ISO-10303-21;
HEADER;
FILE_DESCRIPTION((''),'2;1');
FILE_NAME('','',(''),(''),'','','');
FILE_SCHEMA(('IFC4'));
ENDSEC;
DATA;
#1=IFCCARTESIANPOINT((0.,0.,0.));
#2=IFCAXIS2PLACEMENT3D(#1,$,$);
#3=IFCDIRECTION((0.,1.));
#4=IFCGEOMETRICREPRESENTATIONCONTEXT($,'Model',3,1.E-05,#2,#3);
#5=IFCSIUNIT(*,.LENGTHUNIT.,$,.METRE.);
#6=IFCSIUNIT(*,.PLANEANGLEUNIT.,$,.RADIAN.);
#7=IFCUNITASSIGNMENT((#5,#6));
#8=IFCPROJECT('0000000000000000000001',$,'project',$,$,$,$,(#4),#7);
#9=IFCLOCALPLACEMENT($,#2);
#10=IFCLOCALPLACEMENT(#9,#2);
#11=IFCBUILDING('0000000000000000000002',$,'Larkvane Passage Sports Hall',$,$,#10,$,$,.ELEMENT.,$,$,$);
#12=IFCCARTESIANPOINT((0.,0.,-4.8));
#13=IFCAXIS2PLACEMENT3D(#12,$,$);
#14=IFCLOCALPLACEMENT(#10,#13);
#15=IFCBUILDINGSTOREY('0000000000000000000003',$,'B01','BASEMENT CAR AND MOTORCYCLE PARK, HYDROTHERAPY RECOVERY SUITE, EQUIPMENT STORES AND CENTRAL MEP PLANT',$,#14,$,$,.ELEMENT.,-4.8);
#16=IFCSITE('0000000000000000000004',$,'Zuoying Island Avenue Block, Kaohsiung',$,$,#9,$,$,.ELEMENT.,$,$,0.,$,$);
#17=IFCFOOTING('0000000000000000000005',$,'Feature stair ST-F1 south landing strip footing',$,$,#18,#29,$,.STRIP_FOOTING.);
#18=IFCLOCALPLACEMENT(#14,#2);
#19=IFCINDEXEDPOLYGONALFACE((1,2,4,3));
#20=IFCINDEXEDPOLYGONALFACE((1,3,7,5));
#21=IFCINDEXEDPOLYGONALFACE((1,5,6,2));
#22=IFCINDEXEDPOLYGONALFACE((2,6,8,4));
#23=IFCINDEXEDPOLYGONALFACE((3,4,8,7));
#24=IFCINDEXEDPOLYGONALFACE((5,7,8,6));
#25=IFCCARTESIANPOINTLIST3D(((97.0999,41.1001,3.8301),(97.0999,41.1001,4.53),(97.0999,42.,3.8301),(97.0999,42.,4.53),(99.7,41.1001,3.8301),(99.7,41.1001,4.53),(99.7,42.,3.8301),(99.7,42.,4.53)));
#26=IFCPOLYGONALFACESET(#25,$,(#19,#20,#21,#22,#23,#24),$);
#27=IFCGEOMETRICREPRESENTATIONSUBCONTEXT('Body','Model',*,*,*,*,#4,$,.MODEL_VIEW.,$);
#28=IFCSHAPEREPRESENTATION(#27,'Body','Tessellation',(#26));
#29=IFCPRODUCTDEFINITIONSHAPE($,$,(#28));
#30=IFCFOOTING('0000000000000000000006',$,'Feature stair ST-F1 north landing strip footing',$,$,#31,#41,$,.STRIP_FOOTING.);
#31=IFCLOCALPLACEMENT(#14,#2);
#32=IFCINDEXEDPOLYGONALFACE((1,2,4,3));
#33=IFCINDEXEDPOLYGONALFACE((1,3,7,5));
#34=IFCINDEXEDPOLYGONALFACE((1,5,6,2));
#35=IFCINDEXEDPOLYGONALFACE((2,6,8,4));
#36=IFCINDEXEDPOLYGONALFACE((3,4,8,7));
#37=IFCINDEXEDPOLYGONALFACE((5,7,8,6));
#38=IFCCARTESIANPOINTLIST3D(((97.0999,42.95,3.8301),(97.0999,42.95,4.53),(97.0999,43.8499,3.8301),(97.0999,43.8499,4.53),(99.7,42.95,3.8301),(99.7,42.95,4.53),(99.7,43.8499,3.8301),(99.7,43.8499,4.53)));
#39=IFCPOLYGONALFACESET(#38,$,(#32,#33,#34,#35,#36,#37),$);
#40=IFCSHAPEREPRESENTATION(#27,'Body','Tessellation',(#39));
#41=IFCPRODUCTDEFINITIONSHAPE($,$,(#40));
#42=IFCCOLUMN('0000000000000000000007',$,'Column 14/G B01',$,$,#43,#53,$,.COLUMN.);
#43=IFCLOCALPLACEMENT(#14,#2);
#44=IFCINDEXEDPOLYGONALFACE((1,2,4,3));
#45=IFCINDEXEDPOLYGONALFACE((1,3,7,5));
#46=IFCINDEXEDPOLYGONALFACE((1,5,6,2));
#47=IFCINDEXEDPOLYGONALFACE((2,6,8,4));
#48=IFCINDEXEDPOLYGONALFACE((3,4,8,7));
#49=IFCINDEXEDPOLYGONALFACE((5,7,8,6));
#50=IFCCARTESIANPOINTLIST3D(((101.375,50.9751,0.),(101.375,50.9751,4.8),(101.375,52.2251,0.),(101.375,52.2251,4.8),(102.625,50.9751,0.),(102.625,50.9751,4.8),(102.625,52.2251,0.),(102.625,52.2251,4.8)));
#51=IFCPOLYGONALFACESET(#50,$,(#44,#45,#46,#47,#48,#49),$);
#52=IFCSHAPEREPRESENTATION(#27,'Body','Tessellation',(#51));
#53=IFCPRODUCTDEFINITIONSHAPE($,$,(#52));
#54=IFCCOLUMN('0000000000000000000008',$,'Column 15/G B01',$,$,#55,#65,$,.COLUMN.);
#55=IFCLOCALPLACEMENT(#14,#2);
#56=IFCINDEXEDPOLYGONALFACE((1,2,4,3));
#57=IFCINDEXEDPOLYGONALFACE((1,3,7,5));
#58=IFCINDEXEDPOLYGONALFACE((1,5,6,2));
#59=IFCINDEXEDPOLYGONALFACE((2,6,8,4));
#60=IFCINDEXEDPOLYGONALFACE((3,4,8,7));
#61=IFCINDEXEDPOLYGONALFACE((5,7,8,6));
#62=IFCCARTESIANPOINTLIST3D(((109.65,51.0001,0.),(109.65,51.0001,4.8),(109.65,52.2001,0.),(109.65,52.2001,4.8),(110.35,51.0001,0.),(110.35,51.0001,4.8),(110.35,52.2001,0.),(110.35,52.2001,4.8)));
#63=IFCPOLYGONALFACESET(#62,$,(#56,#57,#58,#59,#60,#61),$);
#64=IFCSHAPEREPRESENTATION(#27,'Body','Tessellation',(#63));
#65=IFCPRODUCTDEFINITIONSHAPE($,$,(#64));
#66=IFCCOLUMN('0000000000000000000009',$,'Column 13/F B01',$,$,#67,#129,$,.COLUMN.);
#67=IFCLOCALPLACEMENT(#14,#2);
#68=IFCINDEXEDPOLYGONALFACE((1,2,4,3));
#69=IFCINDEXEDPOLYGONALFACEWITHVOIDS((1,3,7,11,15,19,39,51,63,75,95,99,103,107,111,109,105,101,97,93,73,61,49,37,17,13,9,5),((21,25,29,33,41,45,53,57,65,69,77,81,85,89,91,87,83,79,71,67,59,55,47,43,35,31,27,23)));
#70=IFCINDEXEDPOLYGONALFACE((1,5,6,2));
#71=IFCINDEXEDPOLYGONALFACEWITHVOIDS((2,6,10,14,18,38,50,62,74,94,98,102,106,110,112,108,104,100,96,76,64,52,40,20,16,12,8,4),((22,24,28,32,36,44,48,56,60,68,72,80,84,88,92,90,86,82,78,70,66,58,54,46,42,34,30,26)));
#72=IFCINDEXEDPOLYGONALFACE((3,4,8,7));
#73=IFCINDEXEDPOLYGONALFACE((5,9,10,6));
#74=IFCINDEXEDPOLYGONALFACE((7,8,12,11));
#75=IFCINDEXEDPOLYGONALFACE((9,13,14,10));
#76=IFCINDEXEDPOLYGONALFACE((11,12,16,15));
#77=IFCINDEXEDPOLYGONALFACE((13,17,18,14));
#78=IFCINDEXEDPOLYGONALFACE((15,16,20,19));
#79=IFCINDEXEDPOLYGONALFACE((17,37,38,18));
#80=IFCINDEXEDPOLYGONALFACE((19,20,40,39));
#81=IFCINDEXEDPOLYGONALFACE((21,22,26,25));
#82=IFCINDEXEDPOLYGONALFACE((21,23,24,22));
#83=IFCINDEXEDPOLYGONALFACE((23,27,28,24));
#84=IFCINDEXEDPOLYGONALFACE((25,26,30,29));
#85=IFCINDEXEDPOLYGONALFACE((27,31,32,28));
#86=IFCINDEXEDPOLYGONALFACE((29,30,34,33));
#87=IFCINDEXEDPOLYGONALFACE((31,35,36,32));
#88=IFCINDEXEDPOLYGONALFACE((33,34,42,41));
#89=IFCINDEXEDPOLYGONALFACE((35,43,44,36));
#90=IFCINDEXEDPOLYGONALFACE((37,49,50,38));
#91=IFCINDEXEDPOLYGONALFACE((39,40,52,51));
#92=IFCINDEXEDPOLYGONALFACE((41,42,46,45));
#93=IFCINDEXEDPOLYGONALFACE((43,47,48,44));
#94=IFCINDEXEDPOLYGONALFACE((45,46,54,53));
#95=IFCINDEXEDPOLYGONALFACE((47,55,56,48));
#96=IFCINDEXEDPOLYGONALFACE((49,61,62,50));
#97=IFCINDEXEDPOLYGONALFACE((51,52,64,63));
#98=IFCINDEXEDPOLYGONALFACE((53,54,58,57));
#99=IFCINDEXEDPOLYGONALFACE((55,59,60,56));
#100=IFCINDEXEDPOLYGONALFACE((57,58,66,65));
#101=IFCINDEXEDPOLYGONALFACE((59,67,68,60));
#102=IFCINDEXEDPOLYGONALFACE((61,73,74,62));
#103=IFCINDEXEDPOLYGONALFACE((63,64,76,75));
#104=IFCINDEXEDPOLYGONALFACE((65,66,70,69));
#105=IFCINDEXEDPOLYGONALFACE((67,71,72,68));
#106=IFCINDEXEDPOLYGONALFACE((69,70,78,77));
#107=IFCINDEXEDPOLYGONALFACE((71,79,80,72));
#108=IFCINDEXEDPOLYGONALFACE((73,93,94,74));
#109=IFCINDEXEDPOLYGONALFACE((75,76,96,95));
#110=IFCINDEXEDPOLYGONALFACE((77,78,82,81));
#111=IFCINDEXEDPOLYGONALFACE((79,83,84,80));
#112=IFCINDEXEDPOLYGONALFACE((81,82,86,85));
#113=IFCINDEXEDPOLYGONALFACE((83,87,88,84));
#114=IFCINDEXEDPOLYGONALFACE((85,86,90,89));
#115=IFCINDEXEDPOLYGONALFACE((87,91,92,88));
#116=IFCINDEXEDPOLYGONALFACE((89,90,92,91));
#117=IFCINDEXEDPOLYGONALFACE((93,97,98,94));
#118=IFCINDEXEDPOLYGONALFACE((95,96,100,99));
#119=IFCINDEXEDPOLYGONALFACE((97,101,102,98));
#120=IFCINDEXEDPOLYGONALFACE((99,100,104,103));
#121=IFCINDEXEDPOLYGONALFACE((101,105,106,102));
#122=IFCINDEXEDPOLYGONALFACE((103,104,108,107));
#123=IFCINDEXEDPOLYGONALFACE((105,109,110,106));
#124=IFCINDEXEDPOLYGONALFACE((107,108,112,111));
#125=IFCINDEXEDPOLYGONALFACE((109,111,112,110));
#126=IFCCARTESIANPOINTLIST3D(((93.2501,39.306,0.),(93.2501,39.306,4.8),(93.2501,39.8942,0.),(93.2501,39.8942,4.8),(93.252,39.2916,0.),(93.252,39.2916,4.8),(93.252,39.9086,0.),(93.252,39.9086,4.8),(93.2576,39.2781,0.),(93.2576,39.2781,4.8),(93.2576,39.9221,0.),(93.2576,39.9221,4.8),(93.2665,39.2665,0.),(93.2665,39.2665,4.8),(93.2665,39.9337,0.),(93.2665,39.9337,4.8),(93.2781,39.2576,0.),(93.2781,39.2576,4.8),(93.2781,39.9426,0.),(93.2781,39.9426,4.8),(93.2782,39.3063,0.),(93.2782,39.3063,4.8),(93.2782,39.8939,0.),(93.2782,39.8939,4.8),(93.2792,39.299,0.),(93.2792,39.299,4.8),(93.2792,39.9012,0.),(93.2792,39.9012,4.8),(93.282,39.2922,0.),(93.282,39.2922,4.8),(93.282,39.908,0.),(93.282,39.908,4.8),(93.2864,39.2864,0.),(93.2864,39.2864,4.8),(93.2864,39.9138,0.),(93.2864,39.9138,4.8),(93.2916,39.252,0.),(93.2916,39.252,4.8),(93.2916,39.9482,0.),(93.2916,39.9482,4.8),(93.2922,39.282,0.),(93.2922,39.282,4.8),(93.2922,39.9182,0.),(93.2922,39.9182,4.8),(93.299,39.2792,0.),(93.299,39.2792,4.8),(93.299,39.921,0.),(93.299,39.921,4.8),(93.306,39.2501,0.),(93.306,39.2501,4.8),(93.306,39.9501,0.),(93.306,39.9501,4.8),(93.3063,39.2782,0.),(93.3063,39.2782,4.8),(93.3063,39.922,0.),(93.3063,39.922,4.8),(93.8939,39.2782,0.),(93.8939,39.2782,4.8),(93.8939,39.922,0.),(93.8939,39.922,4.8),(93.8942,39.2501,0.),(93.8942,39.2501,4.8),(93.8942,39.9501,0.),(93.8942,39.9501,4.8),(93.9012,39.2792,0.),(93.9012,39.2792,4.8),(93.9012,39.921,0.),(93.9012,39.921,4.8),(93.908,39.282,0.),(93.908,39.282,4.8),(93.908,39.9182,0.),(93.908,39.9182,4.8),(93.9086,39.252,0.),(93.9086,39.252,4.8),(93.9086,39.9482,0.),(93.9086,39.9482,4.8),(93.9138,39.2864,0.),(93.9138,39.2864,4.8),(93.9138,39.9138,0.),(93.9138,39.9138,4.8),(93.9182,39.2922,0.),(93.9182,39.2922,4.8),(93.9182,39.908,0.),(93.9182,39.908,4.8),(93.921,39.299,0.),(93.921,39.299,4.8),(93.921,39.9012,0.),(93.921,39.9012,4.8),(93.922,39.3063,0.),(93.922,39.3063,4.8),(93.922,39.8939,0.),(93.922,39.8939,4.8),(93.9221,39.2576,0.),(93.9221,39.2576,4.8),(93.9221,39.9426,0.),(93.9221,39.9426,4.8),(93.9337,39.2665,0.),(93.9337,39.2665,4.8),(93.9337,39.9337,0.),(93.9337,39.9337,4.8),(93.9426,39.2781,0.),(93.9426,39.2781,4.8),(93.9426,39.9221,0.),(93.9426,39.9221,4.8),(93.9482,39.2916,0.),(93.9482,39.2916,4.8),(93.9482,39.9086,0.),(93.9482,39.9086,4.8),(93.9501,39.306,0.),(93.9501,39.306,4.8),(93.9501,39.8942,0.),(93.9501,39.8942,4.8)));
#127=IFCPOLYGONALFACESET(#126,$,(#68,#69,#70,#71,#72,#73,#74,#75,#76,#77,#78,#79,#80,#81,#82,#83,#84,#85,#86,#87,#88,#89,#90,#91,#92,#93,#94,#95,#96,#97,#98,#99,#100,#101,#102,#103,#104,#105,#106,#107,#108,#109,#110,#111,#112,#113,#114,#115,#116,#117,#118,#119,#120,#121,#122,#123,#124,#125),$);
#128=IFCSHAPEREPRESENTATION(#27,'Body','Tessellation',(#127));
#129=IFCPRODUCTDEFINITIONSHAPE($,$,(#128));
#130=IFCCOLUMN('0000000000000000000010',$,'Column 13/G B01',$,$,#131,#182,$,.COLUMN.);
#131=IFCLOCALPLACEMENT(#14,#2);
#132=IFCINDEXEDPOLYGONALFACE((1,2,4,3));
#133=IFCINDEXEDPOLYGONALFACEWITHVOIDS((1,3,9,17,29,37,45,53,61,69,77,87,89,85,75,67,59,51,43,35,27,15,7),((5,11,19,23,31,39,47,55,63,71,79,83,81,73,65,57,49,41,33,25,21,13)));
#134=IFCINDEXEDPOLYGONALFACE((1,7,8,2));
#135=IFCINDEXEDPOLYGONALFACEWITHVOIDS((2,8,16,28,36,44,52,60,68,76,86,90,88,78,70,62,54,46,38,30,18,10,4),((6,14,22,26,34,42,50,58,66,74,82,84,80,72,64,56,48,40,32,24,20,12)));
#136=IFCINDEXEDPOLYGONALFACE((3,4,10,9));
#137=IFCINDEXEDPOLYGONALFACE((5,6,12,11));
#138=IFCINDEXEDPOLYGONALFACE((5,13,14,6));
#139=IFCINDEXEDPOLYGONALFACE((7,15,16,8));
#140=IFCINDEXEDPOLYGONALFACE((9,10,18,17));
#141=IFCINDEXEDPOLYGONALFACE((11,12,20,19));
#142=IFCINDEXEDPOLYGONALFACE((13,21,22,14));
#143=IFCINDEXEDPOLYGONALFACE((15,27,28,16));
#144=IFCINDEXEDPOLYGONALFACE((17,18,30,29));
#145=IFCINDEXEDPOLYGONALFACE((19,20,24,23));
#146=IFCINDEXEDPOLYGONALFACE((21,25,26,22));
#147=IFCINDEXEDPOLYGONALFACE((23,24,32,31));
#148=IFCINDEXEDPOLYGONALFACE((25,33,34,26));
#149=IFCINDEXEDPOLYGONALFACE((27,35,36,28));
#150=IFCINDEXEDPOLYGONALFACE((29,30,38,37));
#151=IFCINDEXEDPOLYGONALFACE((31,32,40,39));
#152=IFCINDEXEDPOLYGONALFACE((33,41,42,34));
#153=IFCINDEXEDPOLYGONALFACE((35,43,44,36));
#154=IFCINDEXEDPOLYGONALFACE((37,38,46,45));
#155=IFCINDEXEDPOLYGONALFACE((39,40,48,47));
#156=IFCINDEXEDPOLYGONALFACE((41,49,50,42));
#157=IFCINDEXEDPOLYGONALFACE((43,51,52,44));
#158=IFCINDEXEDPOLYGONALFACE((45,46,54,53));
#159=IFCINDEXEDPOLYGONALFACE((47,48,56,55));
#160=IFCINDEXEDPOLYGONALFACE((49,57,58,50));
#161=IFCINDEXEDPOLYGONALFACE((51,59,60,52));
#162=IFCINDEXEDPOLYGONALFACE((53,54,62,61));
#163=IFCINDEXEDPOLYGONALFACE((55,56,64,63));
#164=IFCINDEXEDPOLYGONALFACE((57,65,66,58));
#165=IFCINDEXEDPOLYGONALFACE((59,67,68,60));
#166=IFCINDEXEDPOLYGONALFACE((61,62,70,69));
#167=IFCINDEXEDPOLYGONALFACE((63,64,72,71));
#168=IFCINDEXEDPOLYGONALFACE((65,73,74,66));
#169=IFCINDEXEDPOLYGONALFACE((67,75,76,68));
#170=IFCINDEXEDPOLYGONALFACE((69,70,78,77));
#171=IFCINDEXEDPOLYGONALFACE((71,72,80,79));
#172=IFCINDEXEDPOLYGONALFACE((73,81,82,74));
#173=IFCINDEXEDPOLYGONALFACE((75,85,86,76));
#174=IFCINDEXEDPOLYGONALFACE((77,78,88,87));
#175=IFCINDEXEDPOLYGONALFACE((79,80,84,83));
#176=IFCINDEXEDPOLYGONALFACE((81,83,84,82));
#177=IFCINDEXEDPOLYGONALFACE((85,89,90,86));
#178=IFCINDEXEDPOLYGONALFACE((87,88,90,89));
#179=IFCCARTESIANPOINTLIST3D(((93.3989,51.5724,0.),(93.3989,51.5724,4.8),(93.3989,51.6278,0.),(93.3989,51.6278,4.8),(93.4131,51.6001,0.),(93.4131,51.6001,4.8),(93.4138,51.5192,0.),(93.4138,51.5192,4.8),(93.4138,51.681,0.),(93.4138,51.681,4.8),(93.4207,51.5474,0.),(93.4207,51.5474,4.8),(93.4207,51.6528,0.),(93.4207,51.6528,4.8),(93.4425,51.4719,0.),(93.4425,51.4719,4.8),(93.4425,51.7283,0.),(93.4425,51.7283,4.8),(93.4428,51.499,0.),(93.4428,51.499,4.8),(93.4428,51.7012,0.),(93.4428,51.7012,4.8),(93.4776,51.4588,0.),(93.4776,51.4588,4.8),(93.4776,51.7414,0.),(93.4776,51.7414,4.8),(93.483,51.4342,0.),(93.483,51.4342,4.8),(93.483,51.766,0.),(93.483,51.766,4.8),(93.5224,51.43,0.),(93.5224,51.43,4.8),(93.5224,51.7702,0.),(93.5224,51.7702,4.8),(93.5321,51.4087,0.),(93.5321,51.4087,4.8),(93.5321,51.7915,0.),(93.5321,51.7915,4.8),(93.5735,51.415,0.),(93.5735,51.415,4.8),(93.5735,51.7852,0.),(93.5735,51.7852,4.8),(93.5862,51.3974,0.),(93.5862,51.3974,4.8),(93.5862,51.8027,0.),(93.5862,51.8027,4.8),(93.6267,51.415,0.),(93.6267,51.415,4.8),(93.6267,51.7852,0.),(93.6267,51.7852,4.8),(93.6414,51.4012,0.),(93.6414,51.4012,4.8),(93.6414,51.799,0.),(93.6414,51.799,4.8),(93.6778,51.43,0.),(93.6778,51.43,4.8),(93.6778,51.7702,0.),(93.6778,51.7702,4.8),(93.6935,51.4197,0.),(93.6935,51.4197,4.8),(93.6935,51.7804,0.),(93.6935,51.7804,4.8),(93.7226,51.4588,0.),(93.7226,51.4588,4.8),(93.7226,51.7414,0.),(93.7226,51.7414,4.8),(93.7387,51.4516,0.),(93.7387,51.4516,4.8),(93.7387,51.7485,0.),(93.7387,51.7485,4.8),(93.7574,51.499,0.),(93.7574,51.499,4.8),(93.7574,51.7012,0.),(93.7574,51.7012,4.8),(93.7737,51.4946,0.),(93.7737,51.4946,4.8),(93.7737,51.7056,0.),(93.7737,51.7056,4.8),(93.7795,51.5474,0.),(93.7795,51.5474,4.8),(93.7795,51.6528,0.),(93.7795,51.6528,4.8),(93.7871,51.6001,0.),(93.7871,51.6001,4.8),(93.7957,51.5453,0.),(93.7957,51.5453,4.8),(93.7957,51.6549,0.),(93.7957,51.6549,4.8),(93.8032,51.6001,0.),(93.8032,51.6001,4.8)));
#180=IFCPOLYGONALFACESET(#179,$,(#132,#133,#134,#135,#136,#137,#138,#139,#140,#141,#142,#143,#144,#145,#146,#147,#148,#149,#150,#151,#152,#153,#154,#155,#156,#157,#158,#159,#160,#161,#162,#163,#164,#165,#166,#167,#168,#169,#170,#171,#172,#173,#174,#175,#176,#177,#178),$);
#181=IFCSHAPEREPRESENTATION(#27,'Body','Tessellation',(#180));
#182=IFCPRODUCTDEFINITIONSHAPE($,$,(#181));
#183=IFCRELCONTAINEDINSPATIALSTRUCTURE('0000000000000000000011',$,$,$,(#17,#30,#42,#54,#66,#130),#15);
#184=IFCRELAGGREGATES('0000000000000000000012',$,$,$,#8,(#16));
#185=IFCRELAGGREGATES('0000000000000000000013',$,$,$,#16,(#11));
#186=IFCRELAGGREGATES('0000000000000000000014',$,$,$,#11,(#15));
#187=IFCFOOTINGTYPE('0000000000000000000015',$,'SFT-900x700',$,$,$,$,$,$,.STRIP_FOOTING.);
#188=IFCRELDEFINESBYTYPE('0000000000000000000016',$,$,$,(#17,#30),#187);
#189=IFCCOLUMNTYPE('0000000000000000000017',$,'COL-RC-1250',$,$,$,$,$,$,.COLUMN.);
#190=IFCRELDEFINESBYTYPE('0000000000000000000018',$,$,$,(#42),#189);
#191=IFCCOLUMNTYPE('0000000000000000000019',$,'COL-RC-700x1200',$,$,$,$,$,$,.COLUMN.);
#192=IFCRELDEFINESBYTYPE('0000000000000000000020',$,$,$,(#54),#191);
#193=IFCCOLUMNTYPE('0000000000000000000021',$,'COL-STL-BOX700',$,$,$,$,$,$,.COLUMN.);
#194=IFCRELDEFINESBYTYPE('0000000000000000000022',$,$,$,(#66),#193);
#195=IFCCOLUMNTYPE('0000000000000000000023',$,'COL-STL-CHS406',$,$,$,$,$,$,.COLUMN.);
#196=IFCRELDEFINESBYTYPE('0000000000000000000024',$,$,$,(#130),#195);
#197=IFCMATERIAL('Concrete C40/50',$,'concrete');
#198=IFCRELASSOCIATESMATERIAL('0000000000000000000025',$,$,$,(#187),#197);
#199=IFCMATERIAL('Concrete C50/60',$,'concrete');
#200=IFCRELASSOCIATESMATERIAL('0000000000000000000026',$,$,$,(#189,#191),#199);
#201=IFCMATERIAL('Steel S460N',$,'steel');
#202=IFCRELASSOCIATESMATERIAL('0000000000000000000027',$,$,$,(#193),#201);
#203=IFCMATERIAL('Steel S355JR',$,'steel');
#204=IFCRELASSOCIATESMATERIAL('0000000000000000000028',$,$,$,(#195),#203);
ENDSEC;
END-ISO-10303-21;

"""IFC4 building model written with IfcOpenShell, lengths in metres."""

from ifc_helpers import new_model, si_unit, direction, frame, origin, origin_2d, place, context, subcontext, project, spatial, rectangle, hollow_rectangle, hollow_circle, extrude, material, material_profile, profile_set, type_object, element, save


model = new_model("IFC4")

# Units and contexts
model_context = context("Model", 3, precision=1e-05, world=origin(), true_north=direction((0.0, 1.0)))
body_context = subcontext(model_context, "Body", "Model", "MODEL_VIEW")
ifc_project = project(units=[si_unit("LENGTHUNIT", "METRE"), si_unit("PLANEANGLEUNIT", "RADIAN")], contexts=[model_context])

# Site, building, storey
site_placement = place(None, origin())
site = spatial("IfcSite", under=ifc_project, at=site_placement, Name="Zuoying Island Avenue Block, Kaohsiung", CompositionType="ELEMENT", RefElevation=0.0)
building_placement = place(site_placement, origin())
building = spatial("IfcBuilding", under=site, at=building_placement, Name="Larkvane Passage Sports Hall", CompositionType="ELEMENT")
storey_placement = place(building_placement, frame((0.0, 0.0, -4.8)))
storey = spatial("IfcBuildingStorey", under=building, at=storey_placement, Name="B01", Description="BASEMENT CAR AND MOTORCYCLE PARK, HYDROTHERAPY RECOVERY SUITE, EQUIPMENT STORES AND CENTRAL MEP PLANT", CompositionType="ELEMENT", Elevation=-4.8)

# Shared definitions
ifc_material_1 = material(Name="Concrete C40/50", Category="concrete")

# Footings
footing_type_1 = type_object("IfcFootingType", Name="SFT-900x700", PredefinedType="STRIP_FOOTING", material=ifc_material_1)
for number, where, z_axis, x_axis, name in (
    (1, (98.3999, 41.55, 3.8301), (0.0, 0.0, 1.0), (1.0, 0.0, 0.0), "Feature stair ST-F1 south landing strip footing"),
    (2, (98.3999, 43.3999, 3.8301), (0.0, 0.0, 1.0), (1.0, 0.0, 0.0), "Feature stair ST-F1 north landing strip footing"),
):
    element("IfcFooting", number, at=place(storey_placement, frame(where, z_axis=z_axis, x_axis=x_axis)), inside=storey, type_object=footing_type_1, Name=name, PredefinedType="STRIP_FOOTING", context=body_context, shape_type="SweptSolid", body=[
        extrude(rectangle(XDim=2.6001, YDim=0.8999, at=origin_2d()), origin(), (0.0, 0.0, 1.0), 0.7),
    ])

# Columns
ifc_material_2 = material(Name="Concrete C50/60", Category="concrete")
ifc_material_profile_1 = material_profile(ifc_material_2, rectangle(XDim=1.25, YDim=1.25, at=origin_2d()), Name="RC-COL-1250x1250")
ifc_profile_set_1 = profile_set([ifc_material_profile_1], Name="Concrete C50/60")
column_type_1 = type_object("IfcColumnType", Name="COL-RC-1250", PredefinedType="COLUMN", material=ifc_profile_set_1)
column_1_placement = place(storey_placement, frame((102.0, 51.6001, 0.0), z_axis=(0.0, 0.0, 1.0), x_axis=(1.0, 0.0, 0.0)))
element("IfcColumn", 3, at=column_1_placement, inside=storey, type_object=column_type_1, Name="Column 14/G B01", PredefinedType="COLUMN", context=body_context, shape_type="SweptSolid", body=[
    extrude(rectangle(XDim=1.25, YDim=1.25, at=origin_2d()), origin(), (0.0, 0.0, 1.0), 4.8),
])
ifc_material_profile_2 = material_profile(ifc_material_2, rectangle(XDim=0.7, YDim=1.2, at=origin_2d()), Name="RC-COL-700x1200")
ifc_profile_set_2 = profile_set([ifc_material_profile_2], Name="Concrete C50/60")
column_type_2 = type_object("IfcColumnType", Name="COL-RC-700x1200", PredefinedType="COLUMN", material=ifc_profile_set_2)
column_2_placement = place(storey_placement, frame((110.0, 51.6001, 0.0), z_axis=(0.0, 0.0, 1.0), x_axis=(1.0, 0.0, 0.0)))
element("IfcColumn", 4, at=column_2_placement, inside=storey, type_object=column_type_2, Name="Column 15/G B01", PredefinedType="COLUMN", context=body_context, shape_type="SweptSolid", body=[
    extrude(rectangle(XDim=0.7, YDim=1.2, at=origin_2d()), origin(), (0.0, 0.0, 1.0), 4.8),
])
ifc_material_3 = material(Name="Steel S460N", Category="steel")
ifc_material_profile_3 = material_profile(ifc_material_3, hollow_rectangle(XDim=0.7, YDim=0.7, WallThickness=0.0281, InnerFilletRadius=0.0281, OuterFilletRadius=0.0559, at=origin_2d()), Name="BOX-700x700x28")
ifc_profile_set_3 = profile_set([ifc_material_profile_3], Name="Steel S460N")
column_type_3 = type_object("IfcColumnType", Name="COL-STL-BOX700", PredefinedType="COLUMN", material=ifc_profile_set_3)
column_3_placement = place(storey_placement, frame((93.6001, 39.6001, 0.0), z_axis=(0.0, 0.0, 1.0), x_axis=(1.0, 0.0, 0.0)))
element("IfcColumn", 5, at=column_3_placement, inside=storey, type_object=column_type_3, Name="Column 13/F B01", PredefinedType="COLUMN", context=body_context, shape_type="SweptSolid", body=[
    extrude(hollow_rectangle(XDim=0.7, YDim=0.7, WallThickness=0.0281, InnerFilletRadius=0.0281, OuterFilletRadius=0.0559, at=origin_2d()), origin(), (0.0, 0.0, 1.0), 4.8),
])
ifc_material_4 = material(Name="Steel S355JR", Category="steel")
ifc_material_profile_4 = material_profile(ifc_material_4, hollow_circle(Radius=0.2031, WallThickness=0.0161, at=origin_2d()), Name="CHS-406.4x16.0")
ifc_profile_set_4 = profile_set([ifc_material_profile_4], Name="Steel S355JR")
column_type_4 = type_object("IfcColumnType", Name="COL-STL-CHS406", PredefinedType="COLUMN", material=ifc_profile_set_4)
column_4_placement = place(storey_placement, frame((93.6001, 51.6001, 0.0), z_axis=(0.0, 0.0, 1.0), x_axis=(1.0, 0.0, 0.0)))
element("IfcColumn", 6, at=column_4_placement, inside=storey, type_object=column_type_4, Name="Column 13/G B01", PredefinedType="COLUMN", context=body_context, shape_type="SweptSolid", body=[
    extrude(hollow_circle(Radius=0.2031, WallThickness=0.0161, at=origin_2d()), origin(), (0.0, 0.0, 1.0), 4.8),
])

save(model, "model.ifc")
